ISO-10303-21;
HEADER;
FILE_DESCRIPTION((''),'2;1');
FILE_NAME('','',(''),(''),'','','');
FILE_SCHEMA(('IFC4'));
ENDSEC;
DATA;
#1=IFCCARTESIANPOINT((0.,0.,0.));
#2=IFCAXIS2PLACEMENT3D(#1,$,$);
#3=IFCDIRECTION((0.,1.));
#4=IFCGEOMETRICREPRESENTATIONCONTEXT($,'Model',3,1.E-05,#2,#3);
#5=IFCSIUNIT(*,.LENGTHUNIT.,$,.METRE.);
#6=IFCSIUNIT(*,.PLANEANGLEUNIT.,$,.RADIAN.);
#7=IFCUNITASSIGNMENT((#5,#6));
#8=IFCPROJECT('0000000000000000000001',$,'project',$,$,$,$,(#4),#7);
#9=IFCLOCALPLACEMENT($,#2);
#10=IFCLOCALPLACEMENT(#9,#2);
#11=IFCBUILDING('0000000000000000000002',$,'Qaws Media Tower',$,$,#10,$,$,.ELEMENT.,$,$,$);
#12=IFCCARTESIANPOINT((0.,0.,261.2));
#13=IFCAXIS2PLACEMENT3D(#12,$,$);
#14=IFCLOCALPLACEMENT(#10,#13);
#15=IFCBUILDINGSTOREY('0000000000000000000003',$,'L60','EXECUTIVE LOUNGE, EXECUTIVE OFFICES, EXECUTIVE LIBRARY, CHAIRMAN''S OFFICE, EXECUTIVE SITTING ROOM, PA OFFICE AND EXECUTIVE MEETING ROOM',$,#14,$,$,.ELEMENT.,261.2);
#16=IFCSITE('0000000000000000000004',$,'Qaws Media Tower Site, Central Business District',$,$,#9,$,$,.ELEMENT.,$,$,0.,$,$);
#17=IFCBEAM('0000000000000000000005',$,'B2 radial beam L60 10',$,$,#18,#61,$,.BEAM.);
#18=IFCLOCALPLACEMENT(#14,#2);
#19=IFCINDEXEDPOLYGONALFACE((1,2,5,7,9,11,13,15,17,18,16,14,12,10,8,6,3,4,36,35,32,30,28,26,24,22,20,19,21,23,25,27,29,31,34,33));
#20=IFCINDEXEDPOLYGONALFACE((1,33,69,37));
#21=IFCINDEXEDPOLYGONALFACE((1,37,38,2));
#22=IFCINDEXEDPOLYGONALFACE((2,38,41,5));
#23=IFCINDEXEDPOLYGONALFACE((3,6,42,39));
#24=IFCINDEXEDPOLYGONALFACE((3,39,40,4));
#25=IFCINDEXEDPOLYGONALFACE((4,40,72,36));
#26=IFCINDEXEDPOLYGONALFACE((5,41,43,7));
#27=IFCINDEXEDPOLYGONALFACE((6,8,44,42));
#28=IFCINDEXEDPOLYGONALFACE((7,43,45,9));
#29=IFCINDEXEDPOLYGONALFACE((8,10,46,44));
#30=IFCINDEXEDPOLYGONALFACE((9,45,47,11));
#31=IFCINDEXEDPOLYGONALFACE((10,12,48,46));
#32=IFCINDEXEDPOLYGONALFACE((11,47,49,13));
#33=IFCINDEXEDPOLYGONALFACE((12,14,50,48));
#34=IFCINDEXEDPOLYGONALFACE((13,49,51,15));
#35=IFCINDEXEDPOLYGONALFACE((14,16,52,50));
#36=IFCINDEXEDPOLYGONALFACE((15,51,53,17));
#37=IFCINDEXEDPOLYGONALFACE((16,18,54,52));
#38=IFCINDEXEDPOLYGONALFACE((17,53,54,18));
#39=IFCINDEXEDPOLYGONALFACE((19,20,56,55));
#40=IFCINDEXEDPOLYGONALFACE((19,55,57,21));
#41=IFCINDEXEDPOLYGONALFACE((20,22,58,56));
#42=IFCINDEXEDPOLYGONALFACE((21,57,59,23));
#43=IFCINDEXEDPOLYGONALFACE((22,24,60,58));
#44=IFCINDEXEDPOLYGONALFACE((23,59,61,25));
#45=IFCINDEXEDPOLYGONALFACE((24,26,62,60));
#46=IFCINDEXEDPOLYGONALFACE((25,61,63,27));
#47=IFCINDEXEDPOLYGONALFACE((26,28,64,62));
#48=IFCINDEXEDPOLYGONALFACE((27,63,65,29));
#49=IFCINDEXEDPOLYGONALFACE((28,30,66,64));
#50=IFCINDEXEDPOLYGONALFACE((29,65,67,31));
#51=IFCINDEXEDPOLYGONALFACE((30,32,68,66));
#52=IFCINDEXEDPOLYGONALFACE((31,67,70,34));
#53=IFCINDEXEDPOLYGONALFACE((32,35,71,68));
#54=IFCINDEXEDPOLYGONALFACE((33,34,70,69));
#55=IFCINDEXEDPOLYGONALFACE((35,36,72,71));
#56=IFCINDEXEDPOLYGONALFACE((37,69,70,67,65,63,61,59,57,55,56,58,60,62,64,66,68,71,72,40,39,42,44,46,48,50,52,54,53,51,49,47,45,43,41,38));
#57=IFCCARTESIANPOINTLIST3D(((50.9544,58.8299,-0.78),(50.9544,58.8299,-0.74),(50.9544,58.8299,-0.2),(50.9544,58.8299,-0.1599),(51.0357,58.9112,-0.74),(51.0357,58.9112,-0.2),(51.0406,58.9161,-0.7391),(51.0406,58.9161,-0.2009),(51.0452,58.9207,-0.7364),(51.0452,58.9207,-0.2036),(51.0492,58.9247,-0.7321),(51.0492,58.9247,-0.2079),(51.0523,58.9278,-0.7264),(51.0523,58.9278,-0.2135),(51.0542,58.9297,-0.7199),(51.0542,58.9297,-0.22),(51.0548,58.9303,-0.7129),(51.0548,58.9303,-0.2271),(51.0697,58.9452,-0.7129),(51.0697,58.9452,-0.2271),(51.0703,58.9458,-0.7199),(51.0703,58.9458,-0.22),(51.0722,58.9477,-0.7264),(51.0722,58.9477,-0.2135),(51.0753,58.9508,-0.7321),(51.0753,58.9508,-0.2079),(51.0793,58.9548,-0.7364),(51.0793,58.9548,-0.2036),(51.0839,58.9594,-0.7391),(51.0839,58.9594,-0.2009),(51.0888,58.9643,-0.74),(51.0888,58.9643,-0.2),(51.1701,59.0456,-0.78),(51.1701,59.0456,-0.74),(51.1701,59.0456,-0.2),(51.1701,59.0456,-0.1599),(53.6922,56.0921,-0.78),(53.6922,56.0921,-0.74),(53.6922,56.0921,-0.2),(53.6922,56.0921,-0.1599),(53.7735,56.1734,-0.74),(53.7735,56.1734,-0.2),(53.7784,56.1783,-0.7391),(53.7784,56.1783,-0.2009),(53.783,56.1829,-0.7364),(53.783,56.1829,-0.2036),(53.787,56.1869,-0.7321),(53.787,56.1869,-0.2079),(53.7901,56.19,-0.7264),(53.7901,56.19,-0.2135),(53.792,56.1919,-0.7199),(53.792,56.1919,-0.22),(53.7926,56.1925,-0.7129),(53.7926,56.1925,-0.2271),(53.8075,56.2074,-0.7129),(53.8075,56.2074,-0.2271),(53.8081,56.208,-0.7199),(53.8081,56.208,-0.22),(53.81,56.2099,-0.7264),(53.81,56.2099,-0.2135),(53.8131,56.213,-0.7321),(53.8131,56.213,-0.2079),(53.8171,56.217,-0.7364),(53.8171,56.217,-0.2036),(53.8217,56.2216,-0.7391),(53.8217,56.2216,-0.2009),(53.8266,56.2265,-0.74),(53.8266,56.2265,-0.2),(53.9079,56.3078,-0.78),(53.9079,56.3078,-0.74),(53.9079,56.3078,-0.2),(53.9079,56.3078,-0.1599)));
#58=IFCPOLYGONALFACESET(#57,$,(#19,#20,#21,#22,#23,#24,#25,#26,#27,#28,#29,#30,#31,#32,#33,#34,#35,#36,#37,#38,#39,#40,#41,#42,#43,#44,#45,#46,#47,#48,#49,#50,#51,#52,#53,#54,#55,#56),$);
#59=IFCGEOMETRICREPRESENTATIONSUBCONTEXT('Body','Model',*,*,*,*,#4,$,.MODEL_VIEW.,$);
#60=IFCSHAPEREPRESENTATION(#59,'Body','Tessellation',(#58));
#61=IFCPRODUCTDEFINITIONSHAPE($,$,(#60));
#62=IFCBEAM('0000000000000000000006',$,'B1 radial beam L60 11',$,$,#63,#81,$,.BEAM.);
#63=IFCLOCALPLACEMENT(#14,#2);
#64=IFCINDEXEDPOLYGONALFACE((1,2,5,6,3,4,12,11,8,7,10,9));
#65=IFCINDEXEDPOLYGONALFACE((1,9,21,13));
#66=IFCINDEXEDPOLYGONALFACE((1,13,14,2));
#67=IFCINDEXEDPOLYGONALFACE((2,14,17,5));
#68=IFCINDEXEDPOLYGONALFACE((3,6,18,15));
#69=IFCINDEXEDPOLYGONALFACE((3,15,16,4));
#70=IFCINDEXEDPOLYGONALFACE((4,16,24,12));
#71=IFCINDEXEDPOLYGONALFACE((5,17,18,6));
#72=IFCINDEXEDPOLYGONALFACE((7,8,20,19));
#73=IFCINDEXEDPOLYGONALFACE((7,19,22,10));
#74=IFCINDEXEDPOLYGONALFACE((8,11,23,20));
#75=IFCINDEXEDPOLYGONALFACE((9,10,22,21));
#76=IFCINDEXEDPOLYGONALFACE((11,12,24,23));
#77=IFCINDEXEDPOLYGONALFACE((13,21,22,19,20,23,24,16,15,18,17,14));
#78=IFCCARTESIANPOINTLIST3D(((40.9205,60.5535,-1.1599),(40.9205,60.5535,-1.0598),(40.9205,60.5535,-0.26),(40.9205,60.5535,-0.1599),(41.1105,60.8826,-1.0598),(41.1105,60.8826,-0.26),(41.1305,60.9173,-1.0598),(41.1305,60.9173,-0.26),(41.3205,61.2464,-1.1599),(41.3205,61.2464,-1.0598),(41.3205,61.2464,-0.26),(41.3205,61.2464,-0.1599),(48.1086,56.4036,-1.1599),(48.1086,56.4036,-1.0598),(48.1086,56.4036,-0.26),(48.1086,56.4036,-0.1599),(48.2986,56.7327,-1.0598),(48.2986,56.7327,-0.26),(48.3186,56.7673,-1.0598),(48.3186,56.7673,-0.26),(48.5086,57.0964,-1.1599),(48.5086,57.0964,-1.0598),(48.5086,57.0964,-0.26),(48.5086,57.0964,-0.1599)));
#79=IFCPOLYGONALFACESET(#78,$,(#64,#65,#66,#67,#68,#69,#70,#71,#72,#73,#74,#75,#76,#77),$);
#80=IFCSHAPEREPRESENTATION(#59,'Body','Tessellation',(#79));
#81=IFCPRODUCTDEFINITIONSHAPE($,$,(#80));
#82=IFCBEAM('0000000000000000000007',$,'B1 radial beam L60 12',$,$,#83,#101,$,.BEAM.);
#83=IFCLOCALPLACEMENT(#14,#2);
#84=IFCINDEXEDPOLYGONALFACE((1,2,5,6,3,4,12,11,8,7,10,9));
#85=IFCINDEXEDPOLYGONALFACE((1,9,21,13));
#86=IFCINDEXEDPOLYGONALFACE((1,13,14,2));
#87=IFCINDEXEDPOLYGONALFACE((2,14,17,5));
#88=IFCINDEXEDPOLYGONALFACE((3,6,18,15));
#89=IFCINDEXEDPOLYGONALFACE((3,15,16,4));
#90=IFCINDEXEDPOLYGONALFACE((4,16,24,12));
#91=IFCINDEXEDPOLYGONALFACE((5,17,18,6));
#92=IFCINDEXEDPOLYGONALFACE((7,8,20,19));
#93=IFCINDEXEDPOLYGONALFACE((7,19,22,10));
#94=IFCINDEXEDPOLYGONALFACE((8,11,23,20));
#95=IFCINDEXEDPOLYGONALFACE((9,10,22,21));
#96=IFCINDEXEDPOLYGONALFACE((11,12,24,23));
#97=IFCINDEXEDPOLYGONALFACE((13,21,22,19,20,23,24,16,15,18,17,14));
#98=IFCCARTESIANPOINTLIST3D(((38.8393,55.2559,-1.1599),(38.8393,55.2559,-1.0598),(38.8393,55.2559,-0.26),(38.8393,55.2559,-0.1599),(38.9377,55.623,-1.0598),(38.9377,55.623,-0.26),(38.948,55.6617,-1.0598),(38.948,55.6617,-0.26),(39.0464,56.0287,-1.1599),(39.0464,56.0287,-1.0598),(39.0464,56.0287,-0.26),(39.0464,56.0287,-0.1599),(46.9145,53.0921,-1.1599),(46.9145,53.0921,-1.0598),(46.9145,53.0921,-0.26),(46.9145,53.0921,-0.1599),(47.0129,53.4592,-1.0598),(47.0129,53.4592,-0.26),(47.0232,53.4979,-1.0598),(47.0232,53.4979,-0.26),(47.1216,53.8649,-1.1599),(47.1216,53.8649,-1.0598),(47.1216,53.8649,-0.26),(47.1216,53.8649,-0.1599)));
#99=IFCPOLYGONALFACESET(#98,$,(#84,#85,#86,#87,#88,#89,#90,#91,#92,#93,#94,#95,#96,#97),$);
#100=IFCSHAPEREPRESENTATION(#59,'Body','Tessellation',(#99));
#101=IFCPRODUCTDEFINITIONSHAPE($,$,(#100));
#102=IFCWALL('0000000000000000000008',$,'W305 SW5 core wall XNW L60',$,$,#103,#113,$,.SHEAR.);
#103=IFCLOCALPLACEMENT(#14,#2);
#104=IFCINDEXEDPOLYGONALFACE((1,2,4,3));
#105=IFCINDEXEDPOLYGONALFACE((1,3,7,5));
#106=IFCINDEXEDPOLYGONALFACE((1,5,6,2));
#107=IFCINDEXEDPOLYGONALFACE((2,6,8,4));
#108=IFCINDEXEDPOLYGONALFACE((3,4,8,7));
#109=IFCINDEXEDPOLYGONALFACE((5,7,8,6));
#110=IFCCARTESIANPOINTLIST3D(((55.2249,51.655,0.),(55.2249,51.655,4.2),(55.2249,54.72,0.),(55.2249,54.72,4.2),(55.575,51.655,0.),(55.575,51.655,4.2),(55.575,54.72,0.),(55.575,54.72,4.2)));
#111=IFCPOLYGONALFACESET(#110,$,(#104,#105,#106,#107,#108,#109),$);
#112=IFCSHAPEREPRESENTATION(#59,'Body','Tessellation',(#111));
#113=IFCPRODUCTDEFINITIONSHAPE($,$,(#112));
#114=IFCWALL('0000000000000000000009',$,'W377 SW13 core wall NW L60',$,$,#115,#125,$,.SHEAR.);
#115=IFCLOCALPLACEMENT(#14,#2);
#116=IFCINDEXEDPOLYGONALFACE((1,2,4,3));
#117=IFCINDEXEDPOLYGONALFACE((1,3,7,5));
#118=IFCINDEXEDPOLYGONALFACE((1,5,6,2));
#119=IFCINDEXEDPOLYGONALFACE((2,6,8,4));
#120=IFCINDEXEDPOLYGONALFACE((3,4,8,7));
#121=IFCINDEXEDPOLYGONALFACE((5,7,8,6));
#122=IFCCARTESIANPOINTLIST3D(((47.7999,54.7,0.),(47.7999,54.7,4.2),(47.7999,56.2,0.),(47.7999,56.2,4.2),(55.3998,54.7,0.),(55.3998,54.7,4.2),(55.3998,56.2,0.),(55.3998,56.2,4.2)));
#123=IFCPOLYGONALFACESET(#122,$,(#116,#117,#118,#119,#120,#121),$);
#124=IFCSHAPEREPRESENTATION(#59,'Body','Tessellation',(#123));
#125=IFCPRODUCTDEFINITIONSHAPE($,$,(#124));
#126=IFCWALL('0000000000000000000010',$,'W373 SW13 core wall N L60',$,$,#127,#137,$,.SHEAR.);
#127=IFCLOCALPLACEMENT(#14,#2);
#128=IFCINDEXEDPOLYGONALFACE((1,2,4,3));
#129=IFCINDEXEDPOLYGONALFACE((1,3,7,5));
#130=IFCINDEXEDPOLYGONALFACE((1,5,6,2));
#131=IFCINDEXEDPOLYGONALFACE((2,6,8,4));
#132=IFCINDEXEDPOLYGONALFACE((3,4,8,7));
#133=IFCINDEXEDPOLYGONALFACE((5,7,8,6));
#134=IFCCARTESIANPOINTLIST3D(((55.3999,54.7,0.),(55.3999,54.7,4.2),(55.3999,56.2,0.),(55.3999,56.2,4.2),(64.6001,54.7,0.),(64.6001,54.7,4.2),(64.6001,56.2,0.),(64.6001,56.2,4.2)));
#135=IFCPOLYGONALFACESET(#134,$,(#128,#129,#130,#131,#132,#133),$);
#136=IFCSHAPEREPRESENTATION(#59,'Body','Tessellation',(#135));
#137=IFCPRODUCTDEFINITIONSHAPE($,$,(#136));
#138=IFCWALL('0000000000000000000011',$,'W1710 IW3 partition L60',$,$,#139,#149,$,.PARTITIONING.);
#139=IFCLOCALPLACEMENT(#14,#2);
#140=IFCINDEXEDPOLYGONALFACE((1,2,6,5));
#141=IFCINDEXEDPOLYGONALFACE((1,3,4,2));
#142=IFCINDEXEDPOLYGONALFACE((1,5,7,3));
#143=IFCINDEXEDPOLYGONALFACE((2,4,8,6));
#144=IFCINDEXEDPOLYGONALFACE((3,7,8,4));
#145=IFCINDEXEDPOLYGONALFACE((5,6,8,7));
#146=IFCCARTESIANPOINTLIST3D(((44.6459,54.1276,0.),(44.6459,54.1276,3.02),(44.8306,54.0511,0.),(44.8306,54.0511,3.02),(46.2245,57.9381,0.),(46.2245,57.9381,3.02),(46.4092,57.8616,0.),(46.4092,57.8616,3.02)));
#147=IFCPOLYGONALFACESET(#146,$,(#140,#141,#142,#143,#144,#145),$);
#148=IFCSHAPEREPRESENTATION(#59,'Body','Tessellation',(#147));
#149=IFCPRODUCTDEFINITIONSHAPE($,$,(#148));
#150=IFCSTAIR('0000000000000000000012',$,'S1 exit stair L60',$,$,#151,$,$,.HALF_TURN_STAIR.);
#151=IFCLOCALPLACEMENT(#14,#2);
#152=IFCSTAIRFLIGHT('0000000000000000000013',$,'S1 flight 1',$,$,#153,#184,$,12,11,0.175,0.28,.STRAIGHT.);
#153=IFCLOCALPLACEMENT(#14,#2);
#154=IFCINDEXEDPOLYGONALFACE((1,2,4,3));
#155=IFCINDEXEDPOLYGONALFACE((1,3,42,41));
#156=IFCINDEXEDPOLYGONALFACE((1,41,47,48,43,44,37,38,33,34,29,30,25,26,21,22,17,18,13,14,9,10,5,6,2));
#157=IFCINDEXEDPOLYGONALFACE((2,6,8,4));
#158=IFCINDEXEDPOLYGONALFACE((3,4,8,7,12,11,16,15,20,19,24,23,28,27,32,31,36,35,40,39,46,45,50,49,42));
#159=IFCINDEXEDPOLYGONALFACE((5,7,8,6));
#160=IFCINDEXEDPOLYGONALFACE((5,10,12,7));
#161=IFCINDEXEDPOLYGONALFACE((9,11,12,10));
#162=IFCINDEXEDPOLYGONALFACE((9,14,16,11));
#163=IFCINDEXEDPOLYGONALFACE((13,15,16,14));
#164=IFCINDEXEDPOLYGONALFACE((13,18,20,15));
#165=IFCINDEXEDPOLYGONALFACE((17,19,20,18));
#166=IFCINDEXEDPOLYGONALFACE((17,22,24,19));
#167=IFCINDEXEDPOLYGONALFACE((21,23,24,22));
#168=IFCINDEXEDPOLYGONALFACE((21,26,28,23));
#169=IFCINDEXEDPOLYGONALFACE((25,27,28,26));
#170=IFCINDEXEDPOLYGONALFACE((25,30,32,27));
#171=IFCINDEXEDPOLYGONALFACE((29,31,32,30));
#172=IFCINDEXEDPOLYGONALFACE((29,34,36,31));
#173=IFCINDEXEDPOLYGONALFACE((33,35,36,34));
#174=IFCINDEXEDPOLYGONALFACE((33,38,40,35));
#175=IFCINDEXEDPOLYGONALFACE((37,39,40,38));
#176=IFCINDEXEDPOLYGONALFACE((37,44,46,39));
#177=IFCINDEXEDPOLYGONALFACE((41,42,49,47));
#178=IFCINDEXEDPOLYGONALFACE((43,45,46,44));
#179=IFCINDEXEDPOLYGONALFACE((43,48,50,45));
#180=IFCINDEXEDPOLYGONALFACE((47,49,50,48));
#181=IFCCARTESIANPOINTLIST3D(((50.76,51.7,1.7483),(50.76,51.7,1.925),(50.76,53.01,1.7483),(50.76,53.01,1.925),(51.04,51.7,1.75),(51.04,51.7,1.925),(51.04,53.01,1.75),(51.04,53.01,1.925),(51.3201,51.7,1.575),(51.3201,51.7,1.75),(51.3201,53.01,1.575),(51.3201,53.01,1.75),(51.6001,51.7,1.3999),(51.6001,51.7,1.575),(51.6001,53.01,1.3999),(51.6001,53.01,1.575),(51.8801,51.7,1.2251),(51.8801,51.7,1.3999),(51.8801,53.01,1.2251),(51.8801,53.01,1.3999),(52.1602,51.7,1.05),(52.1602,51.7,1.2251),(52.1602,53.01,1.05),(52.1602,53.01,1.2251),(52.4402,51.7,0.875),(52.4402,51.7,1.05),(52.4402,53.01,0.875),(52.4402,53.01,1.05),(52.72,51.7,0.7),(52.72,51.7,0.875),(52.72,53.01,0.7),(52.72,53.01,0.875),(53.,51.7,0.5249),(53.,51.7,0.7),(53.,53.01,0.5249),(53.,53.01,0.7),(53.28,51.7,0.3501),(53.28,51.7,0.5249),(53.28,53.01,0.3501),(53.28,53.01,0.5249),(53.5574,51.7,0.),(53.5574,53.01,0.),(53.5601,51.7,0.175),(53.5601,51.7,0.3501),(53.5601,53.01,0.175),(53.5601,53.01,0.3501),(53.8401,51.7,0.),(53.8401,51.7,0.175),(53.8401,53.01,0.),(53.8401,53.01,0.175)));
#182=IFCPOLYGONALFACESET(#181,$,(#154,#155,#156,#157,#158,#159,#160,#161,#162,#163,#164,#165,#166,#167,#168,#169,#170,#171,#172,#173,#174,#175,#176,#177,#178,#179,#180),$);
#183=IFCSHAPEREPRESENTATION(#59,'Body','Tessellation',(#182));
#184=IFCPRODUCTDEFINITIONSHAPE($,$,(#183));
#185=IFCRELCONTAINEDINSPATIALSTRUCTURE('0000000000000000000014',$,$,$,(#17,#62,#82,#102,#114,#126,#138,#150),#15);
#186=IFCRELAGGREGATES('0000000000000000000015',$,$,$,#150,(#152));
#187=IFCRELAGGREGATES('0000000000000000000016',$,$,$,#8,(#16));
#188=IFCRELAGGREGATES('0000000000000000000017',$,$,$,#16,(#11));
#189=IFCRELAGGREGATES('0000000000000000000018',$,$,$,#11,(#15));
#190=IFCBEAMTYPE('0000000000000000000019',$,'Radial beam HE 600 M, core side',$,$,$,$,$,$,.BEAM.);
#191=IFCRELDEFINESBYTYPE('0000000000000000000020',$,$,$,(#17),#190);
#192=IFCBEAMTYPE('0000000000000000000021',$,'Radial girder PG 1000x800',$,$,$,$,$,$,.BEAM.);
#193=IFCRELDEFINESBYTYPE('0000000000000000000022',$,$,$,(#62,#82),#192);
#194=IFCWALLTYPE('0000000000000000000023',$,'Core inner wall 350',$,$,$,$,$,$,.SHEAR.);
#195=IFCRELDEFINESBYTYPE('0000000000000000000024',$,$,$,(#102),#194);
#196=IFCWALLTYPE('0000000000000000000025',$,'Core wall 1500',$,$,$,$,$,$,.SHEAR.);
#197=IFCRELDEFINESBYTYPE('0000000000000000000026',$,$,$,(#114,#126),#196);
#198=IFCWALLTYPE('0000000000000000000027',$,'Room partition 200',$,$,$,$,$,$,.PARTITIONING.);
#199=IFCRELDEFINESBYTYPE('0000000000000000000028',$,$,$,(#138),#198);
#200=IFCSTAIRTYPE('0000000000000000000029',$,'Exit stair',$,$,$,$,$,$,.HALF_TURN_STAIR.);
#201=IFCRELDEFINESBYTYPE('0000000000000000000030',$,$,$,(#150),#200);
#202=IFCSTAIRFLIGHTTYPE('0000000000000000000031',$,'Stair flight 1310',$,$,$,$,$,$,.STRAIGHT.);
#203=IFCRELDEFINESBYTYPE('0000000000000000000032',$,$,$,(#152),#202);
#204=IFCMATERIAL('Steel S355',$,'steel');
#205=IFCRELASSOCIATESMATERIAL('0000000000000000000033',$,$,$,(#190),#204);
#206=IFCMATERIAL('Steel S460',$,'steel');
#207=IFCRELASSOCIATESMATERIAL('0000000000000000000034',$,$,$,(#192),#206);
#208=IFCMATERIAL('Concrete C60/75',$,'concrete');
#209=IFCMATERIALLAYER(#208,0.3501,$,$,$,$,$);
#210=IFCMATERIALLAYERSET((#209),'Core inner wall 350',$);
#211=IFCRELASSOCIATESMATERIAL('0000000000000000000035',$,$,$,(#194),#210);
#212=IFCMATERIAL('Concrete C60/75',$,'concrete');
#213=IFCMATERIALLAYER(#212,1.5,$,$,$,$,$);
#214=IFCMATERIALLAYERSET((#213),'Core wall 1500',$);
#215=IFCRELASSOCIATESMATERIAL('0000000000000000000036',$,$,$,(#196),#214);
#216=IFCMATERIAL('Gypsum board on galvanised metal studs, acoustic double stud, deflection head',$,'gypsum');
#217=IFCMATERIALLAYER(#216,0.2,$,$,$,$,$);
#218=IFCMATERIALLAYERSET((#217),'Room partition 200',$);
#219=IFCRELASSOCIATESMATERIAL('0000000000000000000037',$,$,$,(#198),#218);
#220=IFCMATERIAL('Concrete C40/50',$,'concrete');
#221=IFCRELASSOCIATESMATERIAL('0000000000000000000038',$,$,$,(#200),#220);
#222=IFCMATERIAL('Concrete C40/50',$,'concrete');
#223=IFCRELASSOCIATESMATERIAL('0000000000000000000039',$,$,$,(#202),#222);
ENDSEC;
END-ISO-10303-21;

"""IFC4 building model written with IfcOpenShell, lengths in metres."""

from ifc_helpers import new_model, si_unit, direction, frame, frame_2d, origin, origin_2d, place, context, subcontext, project, spatial, polyline, rectangle, i_section, outline, extrude, material, layer, layer_set, material_profile, profile_set, type_object, element, aggregate, save


model = new_model("IFC4")

# Units and contexts
model_context = context("Model", 3, precision=1e-05, world=origin(), true_north=direction((0.0, 1.0)))
body_context = subcontext(model_context, "Body", "Model", "MODEL_VIEW")
ifc_project = project(units=[si_unit("LENGTHUNIT", "METRE"), si_unit("PLANEANGLEUNIT", "RADIAN")], contexts=[model_context])

# Site, building, storey
site_placement = place(None, origin())
site = spatial("IfcSite", under=ifc_project, at=site_placement, Name="Qaws Media Tower Site, Central Business District", CompositionType="ELEMENT", RefElevation=0.0)
building_placement = place(site_placement, origin())
building = spatial("IfcBuilding", under=site, at=building_placement, Name="Qaws Media Tower", CompositionType="ELEMENT")
storey_placement = place(building_placement, frame((0.0, 0.0, 261.2)))
storey = spatial("IfcBuildingStorey", under=building, at=storey_placement, Name="L60", Description="EXECUTIVE LOUNGE, EXECUTIVE OFFICES, EXECUTIVE LIBRARY, CHAIRMAN'S OFFICE, EXECUTIVE SITTING ROOM, PA OFFICE AND EXECUTIVE MEETING ROOM", CompositionType="ELEMENT", Elevation=261.2)

# Beams
ifc_material_1 = material(Name="Steel S355", Category="steel")
ifc_material_profile_1 = material_profile(ifc_material_1, i_section(OverallWidth=0.3049, OverallDepth=0.6201, WebThickness=0.021, FlangeThickness=0.04, FilletRadius=0.0271, at=origin_2d()), Name="HE 600 M")
ifc_profile_set_1 = profile_set([ifc_material_profile_1], Name="Steel S355")
beam_type_1 = type_object("IfcBeamType", Name="Radial beam HE 600 M, core side", PredefinedType="BEAM", material=ifc_profile_set_1)
beam_1_placement = place(storey_placement, frame((53.8, 56.2, -0.47), z_axis=(-0.707107, 0.707107, 0.0), x_axis=(-0.707107, -0.707107, 0.0)))
element("IfcBeam", 1, at=beam_1_placement, inside=storey, type_object=beam_type_1, Name="B2 radial beam L60 10", PredefinedType="BEAM", context=body_context, shape_type="SweptSolid", body=[
    extrude(i_section(OverallWidth=0.3049, OverallDepth=0.6201, WebThickness=0.021, FlangeThickness=0.04, FilletRadius=0.0271, at=origin_2d()), origin(), (0.0, 0.0, 1.0), 3.8718),
])
ifc_material_2 = material(Name="Steel S460", Category="steel")
ifc_material_profile_2 = material_profile(ifc_material_2, i_section(OverallWidth=0.8, OverallDepth=1.0, WebThickness=0.04, FlangeThickness=0.1001, at=origin_2d()), Name="PG 1000x800")
ifc_profile_set_2 = profile_set([ifc_material_profile_2], Name="Steel S460")
beam_type_2 = type_object("IfcBeamType", Name="Radial girder PG 1000x800", PredefinedType="BEAM", material=ifc_profile_set_2)
beam_2_placement = place(storey_placement, frame((48.3086, 56.75, -0.6599), z_axis=(-0.86603, 0.499992, 0.0), x_axis=(-0.499992, -0.86603, 0.0)))
element("IfcBeam", 2, at=beam_2_placement, inside=storey, type_object=beam_type_2, Name="B1 radial beam L60 11", PredefinedType="BEAM", context=body_context, shape_type="SweptSolid", body=[
    extrude(i_section(OverallWidth=0.8, OverallDepth=1.0, WebThickness=0.04, FlangeThickness=0.1001, at=origin_2d()), origin(), (0.0, 0.0, 1.0), 8.3),
])
beam_3_placement = place(storey_placement, frame((47.0181, 53.4785, -0.6599), z_axis=(-0.965924, 0.258828, 0.0), x_axis=(-0.258828, -0.965924, 0.0)))
element("IfcBeam", 3, at=beam_3_placement, inside=storey, type_object=beam_type_2, Name="B1 radial beam L60 12", PredefinedType="BEAM", context=body_context, shape_type="SweptSolid", body=[
    extrude(i_section(OverallWidth=0.8, OverallDepth=1.0, WebThickness=0.04, FlangeThickness=0.1001, at=origin_2d()), origin(), (0.0, 0.0, 1.0), 8.3601),
])

# Walls
ifc_material_3 = material(Name="Concrete C60/75", Category="concrete")
ifc_layer_1 = layer(ifc_material_3, 0.3501)
ifc_layer_set_1 = layer_set([ifc_layer_1], Name="Core inner wall 350")
wall_type_1 = type_object("IfcWallType", Name="Core inner wall 350", PredefinedType="SHEAR", material=ifc_layer_set_1)
wall_1_placement = place(storey_placement, frame((55.3999, 51.655, 0.0), z_axis=(0.0, 0.0, 1.0), x_axis=(0.0, 1.0, 0.0)))
element("IfcWall", 4, at=wall_1_placement, inside=storey, type_object=wall_type_1, Name="W305 SW5 core wall XNW L60", PredefinedType="SHEAR", context=body_context, shape_type="SweptSolid", body=[
    extrude(rectangle(XDim=3.0649, YDim=0.3501, at=frame_2d((1.5325, 0.0))), origin(), (0.0, 0.0, 1.0), 4.2),
])
ifc_material_4 = material(Name="Concrete C60/75", Category="concrete")
ifc_layer_2 = layer(ifc_material_4, 1.5)
ifc_layer_set_2 = layer_set([ifc_layer_2], Name="Core wall 1500")
wall_type_2 = type_object("IfcWallType", Name="Core wall 1500", PredefinedType="SHEAR", material=ifc_layer_set_2)
wall_2_placement = place(storey_placement, frame((47.8, 55.45, 0.0), z_axis=(0.0, 0.0, 1.0), x_axis=(1.0, 0.0, 0.0)))
element("IfcWall", 5, at=wall_2_placement, inside=storey, type_object=wall_type_2, Name="W377 SW13 core wall NW L60", PredefinedType="SHEAR", context=body_context, shape_type="SweptSolid", body=[
    extrude(rectangle(XDim=7.5999, YDim=1.5, at=frame_2d((3.7998, 0.0))), origin(), (0.0, 0.0, 1.0), 4.2),
])
wall_3_placement = place(storey_placement, frame((55.3999, 55.45, 0.0), z_axis=(0.0, 0.0, 1.0), x_axis=(1.0, 0.0, 0.0)))
element("IfcWall", 6, at=wall_3_placement, inside=storey, type_object=wall_type_2, Name="W373 SW13 core wall N L60", PredefinedType="SHEAR", context=body_context, shape_type="SweptSolid", body=[
    extrude(rectangle(XDim=9.2002, YDim=1.5, at=frame_2d((4.6001, 0.0))), origin(), (0.0, 0.0, 1.0), 4.2),
])
ifc_material_5 = material(Name="Gypsum board on galvanised metal studs, acoustic double stud, deflection head", Category="gypsum")
ifc_layer_3 = layer(ifc_material_5, 0.2)
ifc_layer_set_3 = layer_set([ifc_layer_3], Name="Room partition 200")
wall_type_3 = type_object("IfcWallType", Name="Room partition 200", PredefinedType="PARTITIONING", material=ifc_layer_set_3)
wall_4_placement = place(storey_placement, frame((44.7383, 54.0894, 0.0), z_axis=(0.0, 0.0, 1.0), x_axis=(0.382732, 0.92386, 0.0)))
element("IfcWall", 7, at=wall_4_placement, inside=storey, type_object=wall_type_3, Name="W1710 IW3 partition L60", PredefinedType="PARTITIONING", context=body_context, shape_type="SweptSolid", body=[
    extrude(rectangle(XDim=4.1245, YDim=0.2, at=frame_2d((2.0623, 0.0))), origin(), (0.0, 0.0, 1.0), 3.02),
])

# Stair, stair flight
ifc_material_6 = material(Name="Concrete C40/50", Category="concrete")
stair_type = type_object("IfcStairType", Name="Exit stair", PredefinedType="HALF_TURN_STAIR", material=ifc_material_6)
stair_placement = place(storey_placement, origin())
stair = element("IfcStair", 8, at=stair_placement, inside=storey, type_object=stair_type, Name="S1 exit stair L60", PredefinedType="HALF_TURN_STAIR")
ifc_material_7 = material(Name="Concrete C40/50", Category="concrete")
stair_flight_type = type_object("IfcStairFlightType", Name="Stair flight 1310", PredefinedType="STRAIGHT", material=ifc_material_7)
stair_flight_1_placement = place(storey_placement, frame((53.8401, 52.355, 0.0), z_axis=(0.0, 0.0, 1.0), x_axis=(-1.0, 0.0, 0.0)))
stair_flight_1 = element("IfcStairFlight", 9, at=stair_flight_1_placement, type_object=stair_flight_type, Name="S1 flight 1", NumberOfRisers=12, NumberOfTreads=11, PredefinedType="STRAIGHT", RiserHeight=0.175, TreadLength=0.28, context=body_context, shape_type="SweptSolid", body=[
    extrude(outline(polyline([(0.0, 0.0), (0.0, 0.175), (0.28, 0.175), (0.28, 0.3501), (0.5601, 0.3501), (0.5601, 0.5249), (0.8401, 0.5249), (0.8401, 0.7), (1.1201, 0.7), (1.1201, 0.875), (1.3999, 0.875), (1.3999, 1.05), (1.6799, 1.05), (1.6799, 1.2251), (1.96, 1.2251), (1.96, 1.3999), (2.24, 1.3999), (2.24, 1.575), (2.52, 1.575), (2.52, 1.75), (2.8, 1.75), (2.8, 1.925), (3.0801, 1.925), (3.0801, 2.1001), (3.0801, 1.7483), (0.2827, 0.0), (0.0, 0.0)])), frame((0.0, 0.655, 0.0), z_axis=(0.0, -1.0, 0.0), x_axis=(1.0, 0.0, 0.0)), (0.0, 0.0, 1.0), 1.3101),
])
aggregate(stair, [stair_flight_1])

save(model, "model.ifc")
